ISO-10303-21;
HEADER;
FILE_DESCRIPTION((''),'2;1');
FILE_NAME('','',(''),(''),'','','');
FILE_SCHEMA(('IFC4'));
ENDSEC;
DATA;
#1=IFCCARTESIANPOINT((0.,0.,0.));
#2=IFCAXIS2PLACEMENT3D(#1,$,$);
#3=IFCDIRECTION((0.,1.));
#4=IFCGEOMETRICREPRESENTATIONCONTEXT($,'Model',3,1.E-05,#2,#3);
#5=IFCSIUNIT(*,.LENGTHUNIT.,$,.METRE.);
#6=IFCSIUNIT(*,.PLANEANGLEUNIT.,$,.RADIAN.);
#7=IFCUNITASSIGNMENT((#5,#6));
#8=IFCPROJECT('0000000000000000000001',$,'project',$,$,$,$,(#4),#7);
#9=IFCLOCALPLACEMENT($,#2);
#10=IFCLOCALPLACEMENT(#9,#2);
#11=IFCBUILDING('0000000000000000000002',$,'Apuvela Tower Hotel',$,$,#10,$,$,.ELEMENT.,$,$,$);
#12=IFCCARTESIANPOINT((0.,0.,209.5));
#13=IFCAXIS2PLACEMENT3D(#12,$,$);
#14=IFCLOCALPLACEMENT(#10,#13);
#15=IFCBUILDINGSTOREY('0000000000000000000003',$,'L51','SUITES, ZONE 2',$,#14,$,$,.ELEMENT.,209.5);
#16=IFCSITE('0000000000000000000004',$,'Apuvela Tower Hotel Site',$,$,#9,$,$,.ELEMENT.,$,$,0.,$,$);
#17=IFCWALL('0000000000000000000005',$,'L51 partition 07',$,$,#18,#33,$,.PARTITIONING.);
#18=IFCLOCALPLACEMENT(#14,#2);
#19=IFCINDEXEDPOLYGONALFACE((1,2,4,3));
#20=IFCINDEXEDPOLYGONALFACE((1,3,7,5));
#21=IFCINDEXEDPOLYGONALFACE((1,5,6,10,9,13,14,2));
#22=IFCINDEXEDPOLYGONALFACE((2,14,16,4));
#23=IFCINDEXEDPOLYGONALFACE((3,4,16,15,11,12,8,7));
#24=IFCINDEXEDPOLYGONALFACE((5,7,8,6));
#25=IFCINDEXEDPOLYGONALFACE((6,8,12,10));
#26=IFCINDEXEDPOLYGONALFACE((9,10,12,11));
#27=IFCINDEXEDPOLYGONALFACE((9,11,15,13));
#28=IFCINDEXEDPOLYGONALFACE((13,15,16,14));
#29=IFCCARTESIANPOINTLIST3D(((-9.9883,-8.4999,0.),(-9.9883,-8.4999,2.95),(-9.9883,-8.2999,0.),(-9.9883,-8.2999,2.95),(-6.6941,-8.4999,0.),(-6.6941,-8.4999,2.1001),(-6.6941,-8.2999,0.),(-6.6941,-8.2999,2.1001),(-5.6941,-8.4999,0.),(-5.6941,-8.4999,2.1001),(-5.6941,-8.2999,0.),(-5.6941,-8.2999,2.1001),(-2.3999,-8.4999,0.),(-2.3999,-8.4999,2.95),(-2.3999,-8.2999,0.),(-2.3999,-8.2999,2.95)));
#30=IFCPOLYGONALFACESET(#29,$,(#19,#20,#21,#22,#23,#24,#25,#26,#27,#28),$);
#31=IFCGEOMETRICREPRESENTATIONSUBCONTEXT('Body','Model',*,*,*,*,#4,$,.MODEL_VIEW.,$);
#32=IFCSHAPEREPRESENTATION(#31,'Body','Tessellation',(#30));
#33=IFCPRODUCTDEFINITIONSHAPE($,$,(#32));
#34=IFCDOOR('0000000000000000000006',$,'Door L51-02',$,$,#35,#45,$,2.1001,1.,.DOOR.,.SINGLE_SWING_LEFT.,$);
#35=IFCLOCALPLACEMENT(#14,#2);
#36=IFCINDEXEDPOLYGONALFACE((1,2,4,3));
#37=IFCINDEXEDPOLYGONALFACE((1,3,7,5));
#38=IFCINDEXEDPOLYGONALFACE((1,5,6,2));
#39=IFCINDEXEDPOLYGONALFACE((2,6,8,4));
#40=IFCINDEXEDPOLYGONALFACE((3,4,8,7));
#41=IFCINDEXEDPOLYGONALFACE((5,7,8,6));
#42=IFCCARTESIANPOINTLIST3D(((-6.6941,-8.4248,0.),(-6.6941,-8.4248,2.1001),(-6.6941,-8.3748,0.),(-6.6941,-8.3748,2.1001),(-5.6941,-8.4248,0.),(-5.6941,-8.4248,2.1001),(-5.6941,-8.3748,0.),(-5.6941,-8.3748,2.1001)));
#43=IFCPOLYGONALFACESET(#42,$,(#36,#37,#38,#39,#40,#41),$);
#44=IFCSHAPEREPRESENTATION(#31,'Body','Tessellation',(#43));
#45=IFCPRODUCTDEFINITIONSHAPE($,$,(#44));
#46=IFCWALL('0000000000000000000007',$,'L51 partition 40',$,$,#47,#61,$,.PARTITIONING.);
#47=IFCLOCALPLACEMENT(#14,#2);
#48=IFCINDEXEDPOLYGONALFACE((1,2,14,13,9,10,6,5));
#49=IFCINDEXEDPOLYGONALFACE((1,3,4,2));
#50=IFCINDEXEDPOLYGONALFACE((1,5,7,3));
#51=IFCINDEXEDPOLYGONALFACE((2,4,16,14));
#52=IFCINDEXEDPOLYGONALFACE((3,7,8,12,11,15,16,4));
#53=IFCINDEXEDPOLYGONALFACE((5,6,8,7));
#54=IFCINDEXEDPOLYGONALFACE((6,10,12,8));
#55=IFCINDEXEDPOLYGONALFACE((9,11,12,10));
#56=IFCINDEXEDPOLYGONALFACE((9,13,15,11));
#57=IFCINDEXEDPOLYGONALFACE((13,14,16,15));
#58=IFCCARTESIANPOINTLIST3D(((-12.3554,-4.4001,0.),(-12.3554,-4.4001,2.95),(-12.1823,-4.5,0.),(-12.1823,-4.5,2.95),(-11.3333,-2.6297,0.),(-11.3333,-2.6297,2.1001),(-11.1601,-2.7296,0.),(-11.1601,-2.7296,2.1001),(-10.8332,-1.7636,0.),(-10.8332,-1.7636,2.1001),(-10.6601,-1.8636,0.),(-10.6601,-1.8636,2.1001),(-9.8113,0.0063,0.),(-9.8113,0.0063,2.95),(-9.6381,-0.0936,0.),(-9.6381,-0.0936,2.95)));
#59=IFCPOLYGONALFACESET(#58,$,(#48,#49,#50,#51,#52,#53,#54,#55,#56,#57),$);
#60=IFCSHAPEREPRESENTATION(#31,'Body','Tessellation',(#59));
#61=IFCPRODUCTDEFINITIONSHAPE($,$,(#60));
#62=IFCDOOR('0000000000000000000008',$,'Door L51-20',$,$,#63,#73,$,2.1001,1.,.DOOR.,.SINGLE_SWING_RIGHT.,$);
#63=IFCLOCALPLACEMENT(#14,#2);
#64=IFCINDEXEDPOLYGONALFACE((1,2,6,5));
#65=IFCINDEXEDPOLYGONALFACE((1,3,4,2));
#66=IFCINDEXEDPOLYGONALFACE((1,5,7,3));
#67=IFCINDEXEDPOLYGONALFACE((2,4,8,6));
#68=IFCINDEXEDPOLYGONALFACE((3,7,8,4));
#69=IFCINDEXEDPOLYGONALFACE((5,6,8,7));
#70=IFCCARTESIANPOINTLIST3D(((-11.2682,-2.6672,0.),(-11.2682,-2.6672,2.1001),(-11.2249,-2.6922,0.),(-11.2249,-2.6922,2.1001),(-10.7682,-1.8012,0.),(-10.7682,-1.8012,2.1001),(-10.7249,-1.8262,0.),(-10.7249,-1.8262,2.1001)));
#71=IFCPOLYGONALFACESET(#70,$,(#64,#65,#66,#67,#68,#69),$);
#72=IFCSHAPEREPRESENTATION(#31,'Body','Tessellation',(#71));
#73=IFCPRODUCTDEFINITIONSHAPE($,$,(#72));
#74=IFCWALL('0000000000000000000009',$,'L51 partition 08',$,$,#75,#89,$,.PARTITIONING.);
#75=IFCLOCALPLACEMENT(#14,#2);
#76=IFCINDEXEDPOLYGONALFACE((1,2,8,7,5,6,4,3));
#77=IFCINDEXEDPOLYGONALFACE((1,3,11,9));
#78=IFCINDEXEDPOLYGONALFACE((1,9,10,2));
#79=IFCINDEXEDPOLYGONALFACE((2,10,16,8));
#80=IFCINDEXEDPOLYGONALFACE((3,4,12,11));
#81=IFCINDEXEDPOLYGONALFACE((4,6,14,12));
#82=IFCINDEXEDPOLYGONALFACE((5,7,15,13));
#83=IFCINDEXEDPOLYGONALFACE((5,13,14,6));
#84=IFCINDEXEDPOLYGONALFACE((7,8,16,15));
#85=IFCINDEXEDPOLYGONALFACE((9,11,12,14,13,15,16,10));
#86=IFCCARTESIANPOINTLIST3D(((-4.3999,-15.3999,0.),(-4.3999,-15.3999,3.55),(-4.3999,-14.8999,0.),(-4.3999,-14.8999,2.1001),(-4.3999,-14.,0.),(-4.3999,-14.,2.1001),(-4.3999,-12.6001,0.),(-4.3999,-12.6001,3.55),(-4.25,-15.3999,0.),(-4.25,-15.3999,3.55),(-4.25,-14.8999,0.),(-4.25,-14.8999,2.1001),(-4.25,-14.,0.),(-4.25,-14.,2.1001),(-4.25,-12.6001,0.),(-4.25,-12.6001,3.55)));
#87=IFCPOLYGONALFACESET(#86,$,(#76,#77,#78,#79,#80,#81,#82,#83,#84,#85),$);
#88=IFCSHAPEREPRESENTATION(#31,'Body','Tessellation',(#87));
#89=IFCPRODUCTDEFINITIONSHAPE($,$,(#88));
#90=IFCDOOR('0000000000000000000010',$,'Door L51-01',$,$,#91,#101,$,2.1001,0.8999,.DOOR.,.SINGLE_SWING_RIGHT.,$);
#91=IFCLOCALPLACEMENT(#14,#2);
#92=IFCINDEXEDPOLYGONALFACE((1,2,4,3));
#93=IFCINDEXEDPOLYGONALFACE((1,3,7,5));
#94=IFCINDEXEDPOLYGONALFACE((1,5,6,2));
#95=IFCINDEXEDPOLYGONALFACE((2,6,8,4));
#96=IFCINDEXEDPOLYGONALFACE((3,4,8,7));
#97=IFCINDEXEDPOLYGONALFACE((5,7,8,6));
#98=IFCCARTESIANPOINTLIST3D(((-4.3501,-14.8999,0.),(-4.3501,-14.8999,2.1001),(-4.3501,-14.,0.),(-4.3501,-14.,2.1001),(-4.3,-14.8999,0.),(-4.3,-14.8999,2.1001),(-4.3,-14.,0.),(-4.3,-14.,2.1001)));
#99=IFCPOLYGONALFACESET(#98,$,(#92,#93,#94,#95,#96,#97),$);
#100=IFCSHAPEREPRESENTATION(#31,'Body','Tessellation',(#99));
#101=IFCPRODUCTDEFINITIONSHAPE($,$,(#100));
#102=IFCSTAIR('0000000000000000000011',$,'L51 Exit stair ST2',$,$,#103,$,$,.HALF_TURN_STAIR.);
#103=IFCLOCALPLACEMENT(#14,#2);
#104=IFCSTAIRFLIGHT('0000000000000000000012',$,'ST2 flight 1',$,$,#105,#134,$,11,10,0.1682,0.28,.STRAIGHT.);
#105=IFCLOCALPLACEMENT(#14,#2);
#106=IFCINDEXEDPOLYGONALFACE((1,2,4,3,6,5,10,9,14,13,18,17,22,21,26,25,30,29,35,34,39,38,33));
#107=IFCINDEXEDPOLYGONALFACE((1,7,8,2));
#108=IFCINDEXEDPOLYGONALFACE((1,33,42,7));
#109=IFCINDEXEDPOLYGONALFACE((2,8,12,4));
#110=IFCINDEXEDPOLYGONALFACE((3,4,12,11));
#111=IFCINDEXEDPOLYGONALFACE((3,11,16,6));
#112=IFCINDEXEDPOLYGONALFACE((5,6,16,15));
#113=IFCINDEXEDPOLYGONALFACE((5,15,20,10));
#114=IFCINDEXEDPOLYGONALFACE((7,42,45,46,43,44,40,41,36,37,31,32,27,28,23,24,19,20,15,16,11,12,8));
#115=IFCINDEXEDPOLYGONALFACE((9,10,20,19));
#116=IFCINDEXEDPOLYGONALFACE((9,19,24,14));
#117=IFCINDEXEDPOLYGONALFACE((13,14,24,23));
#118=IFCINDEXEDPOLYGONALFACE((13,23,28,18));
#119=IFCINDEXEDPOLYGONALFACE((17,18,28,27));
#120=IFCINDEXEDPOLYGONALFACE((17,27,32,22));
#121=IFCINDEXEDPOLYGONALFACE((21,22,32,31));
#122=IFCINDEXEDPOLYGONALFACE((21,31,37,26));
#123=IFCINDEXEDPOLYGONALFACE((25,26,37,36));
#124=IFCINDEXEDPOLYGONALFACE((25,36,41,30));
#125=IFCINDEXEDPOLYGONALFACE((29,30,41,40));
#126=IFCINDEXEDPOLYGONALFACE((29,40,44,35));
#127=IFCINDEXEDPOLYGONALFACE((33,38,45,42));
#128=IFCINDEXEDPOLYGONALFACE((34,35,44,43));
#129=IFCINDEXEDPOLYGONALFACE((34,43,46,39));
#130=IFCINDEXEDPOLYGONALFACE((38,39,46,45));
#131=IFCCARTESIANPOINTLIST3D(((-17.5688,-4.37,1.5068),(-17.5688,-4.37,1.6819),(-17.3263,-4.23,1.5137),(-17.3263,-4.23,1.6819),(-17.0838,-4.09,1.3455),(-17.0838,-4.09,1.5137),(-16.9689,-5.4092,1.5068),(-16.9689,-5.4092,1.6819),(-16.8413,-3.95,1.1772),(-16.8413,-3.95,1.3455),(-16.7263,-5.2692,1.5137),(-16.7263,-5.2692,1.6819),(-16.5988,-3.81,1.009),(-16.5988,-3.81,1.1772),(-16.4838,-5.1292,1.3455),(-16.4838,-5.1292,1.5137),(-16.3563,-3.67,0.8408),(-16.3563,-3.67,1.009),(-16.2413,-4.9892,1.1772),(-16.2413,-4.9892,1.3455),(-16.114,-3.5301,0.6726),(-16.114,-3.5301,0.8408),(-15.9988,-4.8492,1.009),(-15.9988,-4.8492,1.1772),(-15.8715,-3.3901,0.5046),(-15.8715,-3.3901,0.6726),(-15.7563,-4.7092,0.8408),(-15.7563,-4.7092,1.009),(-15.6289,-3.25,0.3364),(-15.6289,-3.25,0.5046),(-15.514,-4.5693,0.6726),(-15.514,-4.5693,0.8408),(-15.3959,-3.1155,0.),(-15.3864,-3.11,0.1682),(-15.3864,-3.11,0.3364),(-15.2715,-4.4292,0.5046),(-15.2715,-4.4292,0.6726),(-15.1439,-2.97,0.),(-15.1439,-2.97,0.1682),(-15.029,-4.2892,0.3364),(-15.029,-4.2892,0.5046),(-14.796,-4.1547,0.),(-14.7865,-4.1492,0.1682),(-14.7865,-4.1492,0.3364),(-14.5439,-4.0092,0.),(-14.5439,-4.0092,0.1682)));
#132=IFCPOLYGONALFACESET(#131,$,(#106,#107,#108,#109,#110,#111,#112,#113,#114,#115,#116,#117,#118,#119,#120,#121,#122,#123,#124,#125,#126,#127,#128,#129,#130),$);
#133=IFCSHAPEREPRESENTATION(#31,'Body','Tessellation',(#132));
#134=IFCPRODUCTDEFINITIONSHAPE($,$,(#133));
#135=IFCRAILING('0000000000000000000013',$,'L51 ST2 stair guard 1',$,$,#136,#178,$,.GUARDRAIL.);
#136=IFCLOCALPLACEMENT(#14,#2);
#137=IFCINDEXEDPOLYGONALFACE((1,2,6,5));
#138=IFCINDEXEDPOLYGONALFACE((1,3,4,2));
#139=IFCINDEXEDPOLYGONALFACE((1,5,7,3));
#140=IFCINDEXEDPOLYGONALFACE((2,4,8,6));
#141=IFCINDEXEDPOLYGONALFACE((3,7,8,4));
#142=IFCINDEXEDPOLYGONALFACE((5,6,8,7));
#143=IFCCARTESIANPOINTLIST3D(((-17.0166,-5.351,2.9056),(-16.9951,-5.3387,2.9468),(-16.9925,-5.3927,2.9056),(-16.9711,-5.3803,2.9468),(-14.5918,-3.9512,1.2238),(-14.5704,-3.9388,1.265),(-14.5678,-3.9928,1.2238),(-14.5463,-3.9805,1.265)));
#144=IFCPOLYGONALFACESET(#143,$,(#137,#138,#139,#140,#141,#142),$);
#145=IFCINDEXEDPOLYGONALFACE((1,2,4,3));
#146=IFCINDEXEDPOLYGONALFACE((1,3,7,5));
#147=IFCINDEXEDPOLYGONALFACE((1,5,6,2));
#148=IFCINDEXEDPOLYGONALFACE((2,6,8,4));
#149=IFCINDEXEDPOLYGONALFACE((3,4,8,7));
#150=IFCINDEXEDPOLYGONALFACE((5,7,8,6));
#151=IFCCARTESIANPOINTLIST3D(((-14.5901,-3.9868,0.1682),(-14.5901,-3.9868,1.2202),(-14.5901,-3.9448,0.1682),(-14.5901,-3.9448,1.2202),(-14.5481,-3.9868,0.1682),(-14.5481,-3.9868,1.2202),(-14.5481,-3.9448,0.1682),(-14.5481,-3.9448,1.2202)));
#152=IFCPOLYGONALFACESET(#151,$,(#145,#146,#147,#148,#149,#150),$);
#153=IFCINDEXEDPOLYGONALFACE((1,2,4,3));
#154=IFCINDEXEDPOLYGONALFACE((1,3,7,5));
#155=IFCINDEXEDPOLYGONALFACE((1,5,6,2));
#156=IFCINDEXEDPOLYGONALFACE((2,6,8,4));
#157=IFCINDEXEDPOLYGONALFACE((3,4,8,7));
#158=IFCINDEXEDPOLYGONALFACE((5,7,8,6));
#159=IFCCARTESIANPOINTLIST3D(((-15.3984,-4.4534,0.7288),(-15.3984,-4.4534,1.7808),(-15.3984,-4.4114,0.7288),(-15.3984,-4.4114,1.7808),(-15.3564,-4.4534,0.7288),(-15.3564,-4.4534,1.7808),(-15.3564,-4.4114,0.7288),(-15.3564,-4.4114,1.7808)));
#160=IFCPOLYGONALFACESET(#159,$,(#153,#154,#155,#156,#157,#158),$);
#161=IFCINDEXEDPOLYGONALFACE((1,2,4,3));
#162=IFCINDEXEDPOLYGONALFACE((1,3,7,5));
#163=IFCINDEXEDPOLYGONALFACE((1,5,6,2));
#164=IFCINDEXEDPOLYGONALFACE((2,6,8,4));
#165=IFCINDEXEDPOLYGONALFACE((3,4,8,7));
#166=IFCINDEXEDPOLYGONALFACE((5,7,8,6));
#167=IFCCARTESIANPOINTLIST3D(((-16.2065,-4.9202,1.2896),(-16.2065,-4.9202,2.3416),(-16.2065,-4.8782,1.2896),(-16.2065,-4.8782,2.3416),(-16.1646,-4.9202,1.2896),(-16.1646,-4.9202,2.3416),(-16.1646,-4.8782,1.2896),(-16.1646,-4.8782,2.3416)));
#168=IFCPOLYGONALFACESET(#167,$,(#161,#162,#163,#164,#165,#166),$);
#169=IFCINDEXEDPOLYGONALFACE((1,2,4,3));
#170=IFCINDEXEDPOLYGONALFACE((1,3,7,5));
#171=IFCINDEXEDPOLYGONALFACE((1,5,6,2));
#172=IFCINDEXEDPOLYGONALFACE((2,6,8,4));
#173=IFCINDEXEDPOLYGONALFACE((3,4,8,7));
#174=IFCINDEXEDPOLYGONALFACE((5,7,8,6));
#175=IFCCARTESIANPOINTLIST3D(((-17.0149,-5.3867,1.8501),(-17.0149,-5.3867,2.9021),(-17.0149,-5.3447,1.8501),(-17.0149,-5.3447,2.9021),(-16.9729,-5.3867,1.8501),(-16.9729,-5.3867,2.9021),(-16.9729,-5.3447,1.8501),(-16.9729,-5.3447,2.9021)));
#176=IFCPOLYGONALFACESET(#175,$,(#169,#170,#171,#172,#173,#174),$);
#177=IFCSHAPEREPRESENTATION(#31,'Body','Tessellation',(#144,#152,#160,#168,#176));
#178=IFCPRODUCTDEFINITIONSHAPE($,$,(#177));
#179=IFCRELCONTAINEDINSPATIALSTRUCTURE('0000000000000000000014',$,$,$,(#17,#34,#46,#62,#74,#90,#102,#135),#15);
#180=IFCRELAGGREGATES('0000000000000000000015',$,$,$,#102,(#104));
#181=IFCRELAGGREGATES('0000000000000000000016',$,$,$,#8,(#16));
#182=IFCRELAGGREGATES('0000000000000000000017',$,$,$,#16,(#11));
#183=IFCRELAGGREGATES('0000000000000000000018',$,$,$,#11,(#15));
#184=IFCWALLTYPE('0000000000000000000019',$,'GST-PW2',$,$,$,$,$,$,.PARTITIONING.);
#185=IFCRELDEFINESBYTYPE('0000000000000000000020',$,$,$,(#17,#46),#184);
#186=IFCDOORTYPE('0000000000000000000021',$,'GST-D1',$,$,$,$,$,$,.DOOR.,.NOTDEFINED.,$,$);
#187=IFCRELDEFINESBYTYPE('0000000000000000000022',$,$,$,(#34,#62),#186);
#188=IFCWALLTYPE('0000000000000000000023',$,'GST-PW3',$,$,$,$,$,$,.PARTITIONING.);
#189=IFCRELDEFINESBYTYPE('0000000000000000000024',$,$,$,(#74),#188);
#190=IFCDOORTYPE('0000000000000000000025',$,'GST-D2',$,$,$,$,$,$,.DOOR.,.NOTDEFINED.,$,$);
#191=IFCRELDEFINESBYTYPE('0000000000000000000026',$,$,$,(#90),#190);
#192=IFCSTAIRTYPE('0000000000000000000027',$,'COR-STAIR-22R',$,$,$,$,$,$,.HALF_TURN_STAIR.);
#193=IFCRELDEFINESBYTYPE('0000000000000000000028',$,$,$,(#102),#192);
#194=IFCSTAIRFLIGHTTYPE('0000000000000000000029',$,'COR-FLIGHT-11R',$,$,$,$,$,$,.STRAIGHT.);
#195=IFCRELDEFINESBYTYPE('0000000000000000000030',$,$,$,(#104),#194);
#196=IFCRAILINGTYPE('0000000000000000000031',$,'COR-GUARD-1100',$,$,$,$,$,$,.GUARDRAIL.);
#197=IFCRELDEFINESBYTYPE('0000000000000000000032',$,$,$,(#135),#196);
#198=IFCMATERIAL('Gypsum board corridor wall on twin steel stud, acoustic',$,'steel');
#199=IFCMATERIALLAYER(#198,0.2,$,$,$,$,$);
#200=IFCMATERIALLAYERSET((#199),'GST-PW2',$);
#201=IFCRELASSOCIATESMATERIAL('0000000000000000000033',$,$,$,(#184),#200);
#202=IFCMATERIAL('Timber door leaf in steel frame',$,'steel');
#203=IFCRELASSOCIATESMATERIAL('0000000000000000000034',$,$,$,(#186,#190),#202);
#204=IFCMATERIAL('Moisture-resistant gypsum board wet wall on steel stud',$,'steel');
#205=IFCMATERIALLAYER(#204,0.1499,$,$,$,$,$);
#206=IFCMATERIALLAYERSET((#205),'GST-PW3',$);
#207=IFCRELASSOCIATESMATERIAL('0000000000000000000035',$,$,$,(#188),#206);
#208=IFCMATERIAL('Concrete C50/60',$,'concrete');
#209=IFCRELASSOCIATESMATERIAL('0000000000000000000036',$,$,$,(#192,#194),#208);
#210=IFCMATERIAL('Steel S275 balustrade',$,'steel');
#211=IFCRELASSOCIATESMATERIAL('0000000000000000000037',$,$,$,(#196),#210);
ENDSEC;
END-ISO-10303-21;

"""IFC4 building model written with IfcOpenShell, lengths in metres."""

from ifc_helpers import new_model, si_unit, direction, frame, frame_2d, origin, origin_2d, place, context, subcontext, project, spatial, polyline, rectangle, outline, extrude, material, layer, layer_set, type_object, element, fill, aggregate, save


model = new_model("IFC4")

# Units and contexts
model_context = context("Model", 3, precision=1e-05, world=origin(), true_north=direction((0.0, 1.0)))
body_context = subcontext(model_context, "Body", "Model", "MODEL_VIEW")
ifc_project = project(units=[si_unit("LENGTHUNIT", "METRE"), si_unit("PLANEANGLEUNIT", "RADIAN")], contexts=[model_context])

# Site, building, storey
site_placement = place(None, origin())
site = spatial("IfcSite", under=ifc_project, at=site_placement, Name="Apuvela Tower Hotel Site", CompositionType="ELEMENT", RefElevation=0.0)
building_placement = place(site_placement, origin())
building = spatial("IfcBuilding", under=site, at=building_placement, Name="Apuvela Tower Hotel", CompositionType="ELEMENT")
storey_placement = place(building_placement, frame((0.0, 0.0, 209.5)))
storey = spatial("IfcBuildingStorey", under=building, at=storey_placement, Name="L51", Description="SUITES, ZONE 2", CompositionType="ELEMENT", Elevation=209.5)

# Shared definitions
ifc_material_1 = material(Name="Concrete C50/60", Category="concrete")

# Walls, openings, doors
ifc_material_2 = material(Name="Gypsum board corridor wall on twin steel stud, acoustic", Category="steel")
ifc_layer_1 = layer(ifc_material_2, 0.2)
ifc_layer_set_1 = layer_set([ifc_layer_1], Name="GST-PW2")
wall_type_1 = type_object("IfcWallType", Name="GST-PW2", PredefinedType="PARTITIONING", material=ifc_layer_set_1)
wall_1_placement = place(storey_placement, frame((-2.3999, -8.3999, 0.0), z_axis=(0.0, 0.0, 1.0), x_axis=(-1.0, 0.0, 0.0)))
wall_1 = element("IfcWall", 1, at=wall_1_placement, inside=storey, type_object=wall_type_1, Name="L51 partition 07", PredefinedType="PARTITIONING", context=body_context, shape_type="SweptSolid", body=[
    extrude(rectangle(XDim=7.5884, YDim=0.2, at=frame_2d((3.7942, 0.0))), origin(), (0.0, 0.0, 1.0), 2.95),
])
opening_1_placement = place(wall_1_placement, frame((3.2942, 0.0, 0.0)))
opening_1 = element("IfcOpeningElement", 2, at=opening_1_placement, cuts=wall_1, PredefinedType="OPENING", context=body_context, shape_type="SweptSolid", body=[
    extrude(rectangle(XDim=1.0, YDim=2.1001, at=frame_2d((0.5, 1.05))), frame((0.0, 0.1099, 0.0), z_axis=(0.0, -1.0, 0.0), x_axis=(1.0, 0.0, 0.0)), (0.0, 0.0, 1.0), 0.22),
])
ifc_material_3 = material(Name="Timber door leaf in steel frame", Category="steel")
door_type_1 = type_object("IfcDoorType", Name="GST-D1", OperationType="NOTDEFINED", PredefinedType="DOOR", material=ifc_material_3)
door_1_placement = place(opening_1_placement, origin())
door_1 = element("IfcDoor", 3, at=door_1_placement, inside=storey, type_object=door_type_1, Name="Door L51-02", OperationType="SINGLE_SWING_LEFT", OverallHeight=2.1001, OverallWidth=1.0, PredefinedType="DOOR", context=body_context, shape_type="SweptSolid", body=[
    extrude(rectangle(XDim=1.0, YDim=2.1001, at=frame_2d((0.5, 1.05))), frame((0.0, 0.0249, 0.0), z_axis=(0.0, -1.0, 0.0), x_axis=(1.0, 0.0, 0.0)), (0.0, 0.0, 1.0), 0.05),
])
fill(opening_1, door_1)
wall_2_placement = place(storey_placement, frame((-12.2688, -4.45, 0.0), z_axis=(0.0, 0.0, 1.0), x_axis=(0.500015, 0.866017, 0.0)))
wall_2 = element("IfcWall", 4, at=wall_2_placement, inside=storey, type_object=wall_type_1, Name="L51 partition 40", PredefinedType="PARTITIONING", context=body_context, shape_type="SweptSolid", body=[
    extrude(rectangle(XDim=5.0881, YDim=0.2, at=frame_2d((2.5439, 0.0))), origin(), (0.0, 0.0, 1.0), 2.95),
])
opening_2_placement = place(wall_2_placement, frame((2.0442, 0.0, 0.0)))
opening_2 = element("IfcOpeningElement", 5, at=opening_2_placement, cuts=wall_2, PredefinedType="OPENING", context=body_context, shape_type="SweptSolid", body=[
    extrude(rectangle(XDim=1.0, YDim=2.1001, at=frame_2d((0.5, 1.05))), frame((0.0, 0.1099, 0.0), z_axis=(0.0, -1.0, 0.0), x_axis=(1.0, 0.0, 0.0)), (0.0, 0.0, 1.0), 0.22),
])
door_2_placement = place(opening_2_placement, origin())
door_2 = element("IfcDoor", 6, at=door_2_placement, inside=storey, type_object=door_type_1, Name="Door L51-20", OperationType="SINGLE_SWING_RIGHT", OverallHeight=2.1001, OverallWidth=1.0, PredefinedType="DOOR", context=body_context, shape_type="SweptSolid", body=[
    extrude(rectangle(XDim=1.0, YDim=2.1001, at=frame_2d((0.5, 1.05))), frame((0.0, 0.0249, 0.0), z_axis=(0.0, -1.0, 0.0), x_axis=(1.0, 0.0, 0.0)), (0.0, 0.0, 1.0), 0.05),
])
fill(opening_2, door_2)
ifc_material_4 = material(Name="Moisture-resistant gypsum board wet wall on steel stud", Category="steel")
ifc_layer_2 = layer(ifc_material_4, 0.1499)
ifc_layer_set_2 = layer_set([ifc_layer_2], Name="GST-PW3")
wall_type_2 = type_object("IfcWallType", Name="GST-PW3", PredefinedType="PARTITIONING", material=ifc_layer_set_2)
wall_3_placement = place(storey_placement, frame((-4.325, -12.6001, 0.0), z_axis=(0.0, 0.0, 1.0), x_axis=(0.0, -1.0, 0.0)))
wall_3 = element("IfcWall", 7, at=wall_3_placement, inside=storey, type_object=wall_type_2, Name="L51 partition 08", PredefinedType="PARTITIONING", context=body_context, shape_type="SweptSolid", body=[
    extrude(rectangle(XDim=2.7998, YDim=0.1499, at=frame_2d((1.3999, 0.0))), origin(), (0.0, 0.0, 1.0), 3.55),
])
opening_3_placement = place(wall_3_placement, frame((1.3999, 0.0, 0.0)))
opening_3 = element("IfcOpeningElement", 8, at=opening_3_placement, cuts=wall_3, PredefinedType="OPENING", context=body_context, shape_type="SweptSolid", body=[
    extrude(rectangle(XDim=0.8999, YDim=2.1001, at=frame_2d((0.45, 1.05))), frame((0.0, 0.085, 0.0), z_axis=(0.0, -1.0, 0.0), x_axis=(1.0, 0.0, 0.0)), (0.0, 0.0, 1.0), 0.1699),
])
door_type_2 = type_object("IfcDoorType", Name="GST-D2", OperationType="NOTDEFINED", PredefinedType="DOOR", material=ifc_material_3)
door_3_placement = place(opening_3_placement, origin())
door_3 = element("IfcDoor", 9, at=door_3_placement, inside=storey, type_object=door_type_2, Name="Door L51-01", OperationType="SINGLE_SWING_RIGHT", OverallHeight=2.1001, OverallWidth=0.8999, PredefinedType="DOOR", context=body_context, shape_type="SweptSolid", body=[
    extrude(rectangle(XDim=0.8999, YDim=2.1001, at=frame_2d((0.45, 1.05))), frame((0.0, 0.0249, 0.0), z_axis=(0.0, -1.0, 0.0), x_axis=(1.0, 0.0, 0.0)), (0.0, 0.0, 1.0), 0.05),
])
fill(opening_3, door_3)

# Stair, stair flight
stair_type = type_object("IfcStairType", Name="COR-STAIR-22R", PredefinedType="HALF_TURN_STAIR", material=ifc_material_1)
stair_placement = place(storey_placement, origin())
stair = element("IfcStair", 10, at=stair_placement, inside=storey, type_object=stair_type, Name="L51 Exit stair ST2", PredefinedType="HALF_TURN_STAIR")
stair_flight_type = type_object("IfcStairFlightType", Name="COR-FLIGHT-11R", PredefinedType="STRAIGHT", material=ifc_material_1)
stair_flight_placement = place(storey_placement, frame((-14.844, -3.4895, 0.0), z_axis=(0.0, 0.0, 1.0), x_axis=(-0.866025, -0.5, 0.0)))
stair_flight = element("IfcStairFlight", 11, at=stair_flight_placement, type_object=stair_flight_type, Name="ST2 flight 1", NumberOfRisers=11, NumberOfTreads=10, PredefinedType="STRAIGHT", RiserHeight=0.1682, TreadLength=0.28, context=body_context, shape_type="SweptSolid", body=[
    extrude(outline(polyline([(0.0, 0.0), (0.0, 0.1682), (0.28, 0.1682), (0.28, 0.3364), (0.5601, 0.3364), (0.5601, 0.5046), (0.8401, 0.5046), (0.8401, 0.6726), (1.1201, 0.6726), (1.1201, 0.8408), (1.3999, 0.8408), (1.3999, 1.009), (1.6799, 1.009), (1.6799, 1.1772), (1.96, 1.1772), (1.96, 1.3455), (2.24, 1.3455), (2.24, 1.5137), (2.52, 1.5137), (2.52, 1.6819), (2.8, 1.6819), (2.8, 1.8501), (2.8, 1.5068), (0.291, 0.0), (0.0, 0.0)])), frame((0.0, 0.6001, 0.0), z_axis=(0.0, -1.0, 0.0), x_axis=(1.0, 0.0, 0.0)), (0.0, 0.0, 1.0), 1.2),
])
aggregate(stair, [stair_flight])

# Railing
ifc_material_5 = material(Name="Steel S275 balustrade", Category="steel")
railing_type_1 = type_object("IfcRailingType", Name="COR-GUARD-1100", PredefinedType="GUARDRAIL", material=ifc_material_5)
railing_1_placement = place(storey_placement, frame((-14.5691, -3.9658, 0.1682)))
element("IfcRailing", 12, at=railing_1_placement, inside=storey, type_object=railing_type_1, Name="L51 ST2 stair guard 1", PredefinedType="GUARDRAIL", context=body_context, shape_type="SweptSolid", body=[
    extrude(rectangle(XDim=0.0481, YDim=0.0481, at=origin_2d()), frame((0.0, 0.0, 1.0762), z_axis=(-0.74239, -0.428601, 0.514934), x_axis=(0.499984, -0.866035, 0.0)), (0.0, 0.0, 1.0), 3.2661),
    extrude(rectangle(XDim=0.042, YDim=0.042, at=origin_2d()), origin(), (0.0, 0.0, 1.0), 1.052),
    extrude(rectangle(XDim=0.042, YDim=0.042, at=origin_2d()), frame((-0.8083, -0.4666, 0.5605)), (0.0, 0.0, 1.0), 1.052),
    extrude(rectangle(XDim=0.042, YDim=0.042, at=origin_2d()), frame((-1.6165, -0.9333, 1.1213)), (0.0, 0.0, 1.0), 1.052),
    extrude(rectangle(XDim=0.042, YDim=0.042, at=origin_2d()), frame((-2.4248, -1.3999, 1.6819)), (0.0, 0.0, 1.0), 1.052),
])

save(model, "model.ifc")
